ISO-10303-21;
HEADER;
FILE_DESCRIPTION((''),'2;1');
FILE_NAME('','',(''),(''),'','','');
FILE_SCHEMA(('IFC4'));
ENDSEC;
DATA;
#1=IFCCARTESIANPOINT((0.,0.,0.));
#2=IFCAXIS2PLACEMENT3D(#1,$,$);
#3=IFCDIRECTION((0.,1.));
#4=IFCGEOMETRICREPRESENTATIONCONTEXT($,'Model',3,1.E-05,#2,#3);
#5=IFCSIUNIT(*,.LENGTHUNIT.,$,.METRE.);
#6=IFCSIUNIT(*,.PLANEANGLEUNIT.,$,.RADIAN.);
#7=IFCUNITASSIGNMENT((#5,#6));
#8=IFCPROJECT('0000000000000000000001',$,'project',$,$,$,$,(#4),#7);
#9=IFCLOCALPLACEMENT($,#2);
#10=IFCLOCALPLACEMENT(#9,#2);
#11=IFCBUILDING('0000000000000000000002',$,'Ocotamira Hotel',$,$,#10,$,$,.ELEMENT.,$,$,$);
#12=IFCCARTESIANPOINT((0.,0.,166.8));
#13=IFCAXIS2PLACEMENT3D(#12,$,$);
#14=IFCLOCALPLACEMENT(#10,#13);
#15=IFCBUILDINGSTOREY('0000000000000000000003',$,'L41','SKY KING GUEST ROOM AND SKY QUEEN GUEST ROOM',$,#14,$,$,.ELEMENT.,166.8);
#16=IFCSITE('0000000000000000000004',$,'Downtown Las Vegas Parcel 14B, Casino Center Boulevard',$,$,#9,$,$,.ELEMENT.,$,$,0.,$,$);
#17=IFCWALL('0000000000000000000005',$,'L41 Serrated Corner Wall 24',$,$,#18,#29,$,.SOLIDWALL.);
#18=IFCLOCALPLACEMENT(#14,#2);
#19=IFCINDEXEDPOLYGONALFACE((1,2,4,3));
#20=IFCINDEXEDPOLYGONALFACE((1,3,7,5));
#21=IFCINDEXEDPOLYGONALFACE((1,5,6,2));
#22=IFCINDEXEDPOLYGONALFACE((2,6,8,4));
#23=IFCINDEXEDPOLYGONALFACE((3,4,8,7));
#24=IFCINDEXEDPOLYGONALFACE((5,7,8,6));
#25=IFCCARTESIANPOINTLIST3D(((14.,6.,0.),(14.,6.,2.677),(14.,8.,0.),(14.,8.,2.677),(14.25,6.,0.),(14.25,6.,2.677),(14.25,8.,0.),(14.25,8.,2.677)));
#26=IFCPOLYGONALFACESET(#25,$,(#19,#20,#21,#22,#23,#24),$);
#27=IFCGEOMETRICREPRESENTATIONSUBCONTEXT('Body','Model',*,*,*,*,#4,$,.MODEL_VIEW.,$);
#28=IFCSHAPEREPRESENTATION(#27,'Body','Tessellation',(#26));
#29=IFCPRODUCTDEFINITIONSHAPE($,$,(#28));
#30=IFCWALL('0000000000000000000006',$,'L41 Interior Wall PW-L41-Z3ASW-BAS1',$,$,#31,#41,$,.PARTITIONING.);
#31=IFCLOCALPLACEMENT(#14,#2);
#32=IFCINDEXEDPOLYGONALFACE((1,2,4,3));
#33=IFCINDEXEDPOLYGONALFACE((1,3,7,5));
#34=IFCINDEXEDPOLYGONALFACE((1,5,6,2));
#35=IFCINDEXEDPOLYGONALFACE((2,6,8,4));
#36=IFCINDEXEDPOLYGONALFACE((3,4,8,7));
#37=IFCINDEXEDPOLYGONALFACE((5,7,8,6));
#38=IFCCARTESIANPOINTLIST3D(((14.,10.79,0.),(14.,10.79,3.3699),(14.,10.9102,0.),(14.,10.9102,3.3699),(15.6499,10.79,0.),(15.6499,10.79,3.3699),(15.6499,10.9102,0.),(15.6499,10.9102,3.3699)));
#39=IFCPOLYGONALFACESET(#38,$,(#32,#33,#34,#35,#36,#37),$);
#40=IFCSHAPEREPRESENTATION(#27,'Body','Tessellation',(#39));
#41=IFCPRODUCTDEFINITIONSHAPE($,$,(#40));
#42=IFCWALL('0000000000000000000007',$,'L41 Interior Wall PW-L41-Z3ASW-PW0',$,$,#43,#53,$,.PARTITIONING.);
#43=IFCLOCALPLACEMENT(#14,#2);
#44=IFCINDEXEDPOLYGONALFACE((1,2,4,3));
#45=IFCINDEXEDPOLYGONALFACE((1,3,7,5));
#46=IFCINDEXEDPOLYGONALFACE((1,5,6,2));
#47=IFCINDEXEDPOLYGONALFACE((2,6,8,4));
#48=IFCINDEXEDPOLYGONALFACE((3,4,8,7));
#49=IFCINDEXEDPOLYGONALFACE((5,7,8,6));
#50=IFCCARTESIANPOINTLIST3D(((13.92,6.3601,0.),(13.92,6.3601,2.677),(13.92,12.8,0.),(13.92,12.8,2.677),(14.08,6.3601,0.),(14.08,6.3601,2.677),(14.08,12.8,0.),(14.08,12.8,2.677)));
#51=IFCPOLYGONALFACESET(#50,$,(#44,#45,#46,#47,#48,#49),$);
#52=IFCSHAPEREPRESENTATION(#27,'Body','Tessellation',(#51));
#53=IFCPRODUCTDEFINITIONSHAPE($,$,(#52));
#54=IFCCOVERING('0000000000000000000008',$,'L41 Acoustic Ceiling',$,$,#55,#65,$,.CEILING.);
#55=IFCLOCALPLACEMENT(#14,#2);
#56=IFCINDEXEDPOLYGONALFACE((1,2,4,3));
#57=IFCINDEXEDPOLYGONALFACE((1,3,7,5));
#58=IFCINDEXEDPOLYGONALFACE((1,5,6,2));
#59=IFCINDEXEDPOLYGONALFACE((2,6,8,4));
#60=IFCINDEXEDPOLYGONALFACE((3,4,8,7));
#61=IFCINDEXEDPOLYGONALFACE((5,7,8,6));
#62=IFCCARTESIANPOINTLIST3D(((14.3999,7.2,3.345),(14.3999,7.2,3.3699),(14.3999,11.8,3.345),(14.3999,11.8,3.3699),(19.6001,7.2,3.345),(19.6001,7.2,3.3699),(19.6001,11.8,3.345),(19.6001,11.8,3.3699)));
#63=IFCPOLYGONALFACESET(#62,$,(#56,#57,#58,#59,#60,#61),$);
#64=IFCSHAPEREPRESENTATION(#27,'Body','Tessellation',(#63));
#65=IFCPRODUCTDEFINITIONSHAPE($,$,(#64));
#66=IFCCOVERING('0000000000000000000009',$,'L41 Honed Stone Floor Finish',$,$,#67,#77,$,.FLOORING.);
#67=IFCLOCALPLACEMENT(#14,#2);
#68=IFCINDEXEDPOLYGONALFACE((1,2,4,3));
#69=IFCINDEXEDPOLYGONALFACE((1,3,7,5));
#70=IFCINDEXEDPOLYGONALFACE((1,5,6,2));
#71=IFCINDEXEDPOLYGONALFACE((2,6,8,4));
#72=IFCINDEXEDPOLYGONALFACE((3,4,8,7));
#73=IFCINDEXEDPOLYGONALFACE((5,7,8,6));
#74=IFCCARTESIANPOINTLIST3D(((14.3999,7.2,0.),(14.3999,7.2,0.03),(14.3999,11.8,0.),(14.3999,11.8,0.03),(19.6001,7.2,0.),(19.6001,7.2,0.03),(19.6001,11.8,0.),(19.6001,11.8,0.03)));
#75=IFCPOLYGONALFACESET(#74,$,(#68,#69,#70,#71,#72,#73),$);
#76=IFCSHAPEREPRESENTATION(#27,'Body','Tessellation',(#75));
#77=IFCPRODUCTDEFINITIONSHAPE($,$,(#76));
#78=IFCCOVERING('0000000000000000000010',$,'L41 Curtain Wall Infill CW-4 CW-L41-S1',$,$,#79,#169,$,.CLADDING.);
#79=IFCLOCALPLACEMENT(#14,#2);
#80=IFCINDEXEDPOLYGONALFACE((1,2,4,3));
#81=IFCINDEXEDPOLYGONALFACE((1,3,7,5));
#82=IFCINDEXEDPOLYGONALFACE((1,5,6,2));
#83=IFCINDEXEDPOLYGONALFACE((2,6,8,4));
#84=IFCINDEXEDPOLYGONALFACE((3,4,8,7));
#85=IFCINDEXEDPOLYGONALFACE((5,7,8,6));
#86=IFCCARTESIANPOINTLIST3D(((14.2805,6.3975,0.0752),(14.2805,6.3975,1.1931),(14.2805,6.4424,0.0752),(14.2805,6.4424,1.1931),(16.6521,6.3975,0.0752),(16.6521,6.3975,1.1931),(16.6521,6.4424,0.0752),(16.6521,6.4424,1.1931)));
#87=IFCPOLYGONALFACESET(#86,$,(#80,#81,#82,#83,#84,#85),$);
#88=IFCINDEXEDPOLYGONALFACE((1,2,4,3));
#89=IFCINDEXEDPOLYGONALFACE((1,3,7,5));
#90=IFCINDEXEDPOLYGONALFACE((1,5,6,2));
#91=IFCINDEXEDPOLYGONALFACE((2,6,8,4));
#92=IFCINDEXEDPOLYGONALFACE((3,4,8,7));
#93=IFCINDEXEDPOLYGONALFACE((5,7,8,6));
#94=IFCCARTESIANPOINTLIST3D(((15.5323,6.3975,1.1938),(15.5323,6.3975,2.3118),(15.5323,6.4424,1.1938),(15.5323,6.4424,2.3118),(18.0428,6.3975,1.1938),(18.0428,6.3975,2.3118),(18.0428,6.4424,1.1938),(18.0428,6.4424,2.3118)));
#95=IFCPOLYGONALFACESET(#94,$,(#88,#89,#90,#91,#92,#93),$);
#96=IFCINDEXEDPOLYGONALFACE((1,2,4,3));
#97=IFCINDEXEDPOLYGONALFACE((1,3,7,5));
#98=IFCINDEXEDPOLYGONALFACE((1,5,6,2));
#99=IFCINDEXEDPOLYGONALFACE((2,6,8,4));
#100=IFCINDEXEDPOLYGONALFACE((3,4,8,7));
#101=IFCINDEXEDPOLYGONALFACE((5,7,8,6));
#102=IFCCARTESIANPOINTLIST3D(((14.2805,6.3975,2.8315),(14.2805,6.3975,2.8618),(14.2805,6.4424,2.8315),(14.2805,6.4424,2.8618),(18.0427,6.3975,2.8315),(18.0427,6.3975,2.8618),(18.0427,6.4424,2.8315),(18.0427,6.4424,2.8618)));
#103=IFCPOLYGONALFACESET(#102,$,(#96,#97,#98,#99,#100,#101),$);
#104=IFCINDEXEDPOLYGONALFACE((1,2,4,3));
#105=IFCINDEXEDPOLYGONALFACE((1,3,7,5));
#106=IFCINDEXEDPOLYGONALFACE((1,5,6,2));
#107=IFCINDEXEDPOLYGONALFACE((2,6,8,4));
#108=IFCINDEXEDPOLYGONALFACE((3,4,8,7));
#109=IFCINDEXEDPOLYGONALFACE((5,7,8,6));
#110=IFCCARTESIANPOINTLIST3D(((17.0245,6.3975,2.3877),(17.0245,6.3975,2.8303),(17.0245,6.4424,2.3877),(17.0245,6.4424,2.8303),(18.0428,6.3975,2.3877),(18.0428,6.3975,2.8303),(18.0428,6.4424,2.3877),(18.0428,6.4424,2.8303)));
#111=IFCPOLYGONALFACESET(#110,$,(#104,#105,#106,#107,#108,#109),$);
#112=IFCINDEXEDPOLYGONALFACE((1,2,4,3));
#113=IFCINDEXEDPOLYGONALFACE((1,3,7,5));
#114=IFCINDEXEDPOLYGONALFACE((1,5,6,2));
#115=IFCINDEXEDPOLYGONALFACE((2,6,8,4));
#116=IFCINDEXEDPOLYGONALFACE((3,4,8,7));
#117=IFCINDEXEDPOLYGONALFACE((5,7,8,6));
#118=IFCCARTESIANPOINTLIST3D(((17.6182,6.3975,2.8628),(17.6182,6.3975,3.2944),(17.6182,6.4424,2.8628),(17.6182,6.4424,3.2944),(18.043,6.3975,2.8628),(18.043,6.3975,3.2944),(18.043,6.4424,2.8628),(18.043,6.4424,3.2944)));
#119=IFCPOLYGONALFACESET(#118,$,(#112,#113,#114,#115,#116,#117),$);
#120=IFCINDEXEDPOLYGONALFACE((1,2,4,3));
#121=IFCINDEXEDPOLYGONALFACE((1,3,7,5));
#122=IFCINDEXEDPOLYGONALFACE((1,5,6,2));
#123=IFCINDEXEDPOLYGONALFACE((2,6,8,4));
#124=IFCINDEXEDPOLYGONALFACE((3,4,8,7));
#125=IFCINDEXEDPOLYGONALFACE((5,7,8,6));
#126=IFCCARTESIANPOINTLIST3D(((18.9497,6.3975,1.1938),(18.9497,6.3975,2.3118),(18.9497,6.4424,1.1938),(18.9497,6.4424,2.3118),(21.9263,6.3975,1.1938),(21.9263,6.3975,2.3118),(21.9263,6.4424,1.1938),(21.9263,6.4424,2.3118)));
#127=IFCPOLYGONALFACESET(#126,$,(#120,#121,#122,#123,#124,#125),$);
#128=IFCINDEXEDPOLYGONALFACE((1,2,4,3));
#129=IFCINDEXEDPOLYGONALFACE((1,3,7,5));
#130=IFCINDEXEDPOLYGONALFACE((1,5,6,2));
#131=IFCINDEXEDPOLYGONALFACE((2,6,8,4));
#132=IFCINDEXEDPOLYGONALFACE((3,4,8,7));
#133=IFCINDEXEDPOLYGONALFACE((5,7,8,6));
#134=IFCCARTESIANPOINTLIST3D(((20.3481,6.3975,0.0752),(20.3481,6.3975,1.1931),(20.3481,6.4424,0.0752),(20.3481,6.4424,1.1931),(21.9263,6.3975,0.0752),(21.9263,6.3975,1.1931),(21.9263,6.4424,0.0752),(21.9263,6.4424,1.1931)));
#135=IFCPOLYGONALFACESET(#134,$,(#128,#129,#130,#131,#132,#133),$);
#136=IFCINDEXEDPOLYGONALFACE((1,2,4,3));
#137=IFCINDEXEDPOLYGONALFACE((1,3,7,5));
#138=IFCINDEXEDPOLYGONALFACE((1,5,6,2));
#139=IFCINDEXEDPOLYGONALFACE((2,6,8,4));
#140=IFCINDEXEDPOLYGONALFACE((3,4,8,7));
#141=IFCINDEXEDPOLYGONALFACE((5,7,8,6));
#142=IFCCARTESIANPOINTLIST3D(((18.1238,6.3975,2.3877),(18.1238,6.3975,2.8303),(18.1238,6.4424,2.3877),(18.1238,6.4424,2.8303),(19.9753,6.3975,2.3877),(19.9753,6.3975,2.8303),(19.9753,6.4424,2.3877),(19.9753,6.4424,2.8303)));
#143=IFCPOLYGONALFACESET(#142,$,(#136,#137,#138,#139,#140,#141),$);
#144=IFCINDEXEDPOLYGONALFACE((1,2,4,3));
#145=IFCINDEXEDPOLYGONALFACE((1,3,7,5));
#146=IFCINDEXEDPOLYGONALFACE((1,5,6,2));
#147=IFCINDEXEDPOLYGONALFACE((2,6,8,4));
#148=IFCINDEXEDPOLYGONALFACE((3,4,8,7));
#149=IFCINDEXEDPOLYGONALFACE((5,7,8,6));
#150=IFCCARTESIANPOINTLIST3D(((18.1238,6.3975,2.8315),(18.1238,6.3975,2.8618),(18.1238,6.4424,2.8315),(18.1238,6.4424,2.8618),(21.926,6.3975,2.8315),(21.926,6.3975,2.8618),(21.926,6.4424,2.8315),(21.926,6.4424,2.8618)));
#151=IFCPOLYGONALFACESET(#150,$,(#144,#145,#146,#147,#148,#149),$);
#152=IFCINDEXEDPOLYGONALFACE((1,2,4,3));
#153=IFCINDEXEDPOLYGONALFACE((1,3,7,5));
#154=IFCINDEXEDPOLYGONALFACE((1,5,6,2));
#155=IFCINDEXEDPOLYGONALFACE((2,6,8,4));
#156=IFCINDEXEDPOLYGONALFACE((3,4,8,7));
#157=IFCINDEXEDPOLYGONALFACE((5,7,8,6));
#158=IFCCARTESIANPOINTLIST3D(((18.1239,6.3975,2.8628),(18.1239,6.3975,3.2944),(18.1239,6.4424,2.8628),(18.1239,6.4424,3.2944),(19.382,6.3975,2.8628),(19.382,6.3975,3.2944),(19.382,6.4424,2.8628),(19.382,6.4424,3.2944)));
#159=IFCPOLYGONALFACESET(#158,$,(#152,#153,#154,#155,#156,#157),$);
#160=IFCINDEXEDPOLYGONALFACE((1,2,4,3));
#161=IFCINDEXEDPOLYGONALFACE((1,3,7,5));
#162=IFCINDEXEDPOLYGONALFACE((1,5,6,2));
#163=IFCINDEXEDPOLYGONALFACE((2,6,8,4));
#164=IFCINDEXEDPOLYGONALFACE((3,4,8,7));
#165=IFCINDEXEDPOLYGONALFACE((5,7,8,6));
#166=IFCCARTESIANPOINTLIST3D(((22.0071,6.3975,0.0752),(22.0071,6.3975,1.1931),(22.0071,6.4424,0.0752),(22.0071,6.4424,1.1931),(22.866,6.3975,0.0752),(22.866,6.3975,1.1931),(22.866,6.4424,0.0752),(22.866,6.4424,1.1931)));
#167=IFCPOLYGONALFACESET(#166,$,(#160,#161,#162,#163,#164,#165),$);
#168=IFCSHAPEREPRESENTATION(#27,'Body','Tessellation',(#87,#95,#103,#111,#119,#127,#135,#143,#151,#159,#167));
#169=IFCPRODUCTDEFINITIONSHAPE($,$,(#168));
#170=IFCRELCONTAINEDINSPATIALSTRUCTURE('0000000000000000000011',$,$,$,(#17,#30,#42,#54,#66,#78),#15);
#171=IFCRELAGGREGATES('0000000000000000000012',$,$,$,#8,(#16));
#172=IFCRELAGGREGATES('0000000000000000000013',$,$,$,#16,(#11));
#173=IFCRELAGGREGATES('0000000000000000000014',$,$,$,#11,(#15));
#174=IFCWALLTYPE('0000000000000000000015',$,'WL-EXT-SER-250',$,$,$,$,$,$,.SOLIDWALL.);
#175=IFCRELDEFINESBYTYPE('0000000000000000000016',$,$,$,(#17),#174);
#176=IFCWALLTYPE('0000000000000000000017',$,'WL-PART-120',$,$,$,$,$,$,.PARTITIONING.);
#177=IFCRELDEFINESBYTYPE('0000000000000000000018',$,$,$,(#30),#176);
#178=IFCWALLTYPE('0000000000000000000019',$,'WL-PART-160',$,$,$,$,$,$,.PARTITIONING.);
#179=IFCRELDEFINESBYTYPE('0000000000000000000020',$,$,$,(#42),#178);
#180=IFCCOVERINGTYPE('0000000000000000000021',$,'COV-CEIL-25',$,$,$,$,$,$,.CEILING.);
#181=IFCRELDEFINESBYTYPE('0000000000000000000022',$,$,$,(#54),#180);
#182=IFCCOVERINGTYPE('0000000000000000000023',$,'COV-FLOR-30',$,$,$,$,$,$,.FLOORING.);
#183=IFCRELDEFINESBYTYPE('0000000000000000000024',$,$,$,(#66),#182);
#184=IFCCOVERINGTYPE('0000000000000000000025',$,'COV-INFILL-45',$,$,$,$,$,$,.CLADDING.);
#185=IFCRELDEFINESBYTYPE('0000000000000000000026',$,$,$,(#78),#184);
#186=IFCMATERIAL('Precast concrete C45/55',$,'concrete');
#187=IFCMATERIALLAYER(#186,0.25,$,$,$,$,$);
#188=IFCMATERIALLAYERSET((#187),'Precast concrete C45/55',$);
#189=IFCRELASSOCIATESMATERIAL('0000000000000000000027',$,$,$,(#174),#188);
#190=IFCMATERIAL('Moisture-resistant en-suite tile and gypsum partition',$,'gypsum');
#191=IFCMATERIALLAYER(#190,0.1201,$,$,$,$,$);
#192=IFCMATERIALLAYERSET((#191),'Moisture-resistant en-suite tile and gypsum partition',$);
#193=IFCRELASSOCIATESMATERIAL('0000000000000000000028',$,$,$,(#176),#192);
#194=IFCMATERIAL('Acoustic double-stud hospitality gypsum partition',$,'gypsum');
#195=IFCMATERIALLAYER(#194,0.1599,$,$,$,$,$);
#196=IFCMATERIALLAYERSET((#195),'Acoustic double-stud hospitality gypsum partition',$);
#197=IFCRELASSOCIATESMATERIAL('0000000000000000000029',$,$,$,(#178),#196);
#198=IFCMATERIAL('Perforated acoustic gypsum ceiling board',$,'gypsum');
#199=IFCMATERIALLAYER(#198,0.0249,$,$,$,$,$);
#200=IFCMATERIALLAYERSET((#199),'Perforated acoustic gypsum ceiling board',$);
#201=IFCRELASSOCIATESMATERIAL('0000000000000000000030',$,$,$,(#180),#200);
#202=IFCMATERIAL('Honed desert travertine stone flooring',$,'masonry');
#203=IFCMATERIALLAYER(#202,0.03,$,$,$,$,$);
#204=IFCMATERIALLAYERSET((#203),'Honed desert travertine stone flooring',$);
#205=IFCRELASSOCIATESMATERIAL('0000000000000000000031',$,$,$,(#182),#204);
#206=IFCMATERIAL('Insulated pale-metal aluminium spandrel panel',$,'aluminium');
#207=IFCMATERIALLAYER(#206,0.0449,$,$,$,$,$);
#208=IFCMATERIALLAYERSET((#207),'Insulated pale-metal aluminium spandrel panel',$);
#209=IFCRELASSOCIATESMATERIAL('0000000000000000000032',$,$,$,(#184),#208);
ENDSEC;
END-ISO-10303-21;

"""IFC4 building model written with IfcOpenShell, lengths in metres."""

from ifc_helpers import new_model, si_unit, direction, frame, frame_2d, origin, origin_2d, place, context, subcontext, project, spatial, polyline, rectangle, outline, extrude, material, layer, layer_set, type_object, element, save


model = new_model("IFC4")

# Units and contexts
model_context = context("Model", 3, precision=1e-05, world=origin(), true_north=direction((0.0, 1.0)))
body_context = subcontext(model_context, "Body", "Model", "MODEL_VIEW")
ifc_project = project(units=[si_unit("LENGTHUNIT", "METRE"), si_unit("PLANEANGLEUNIT", "RADIAN")], contexts=[model_context])

# Site, building, storey
site_placement = place(None, origin())
site = spatial("IfcSite", under=ifc_project, at=site_placement, Name="Downtown Las Vegas Parcel 14B, Casino Center Boulevard", CompositionType="ELEMENT", RefElevation=0.0)
building_placement = place(site_placement, origin())
building = spatial("IfcBuilding", under=site, at=building_placement, Name="Ocotamira Hotel", CompositionType="ELEMENT")
storey_placement = place(building_placement, frame((0.0, 0.0, 166.8)))
storey = spatial("IfcBuildingStorey", under=building, at=storey_placement, Name="L41", Description="SKY KING GUEST ROOM AND SKY QUEEN GUEST ROOM", CompositionType="ELEMENT", Elevation=166.8)

# Walls
ifc_material_1 = material(Name="Precast concrete C45/55", Category="concrete")
ifc_layer_1 = layer(ifc_material_1, 0.25)
ifc_layer_set_1 = layer_set([ifc_layer_1], Name="Precast concrete C45/55")
wall_type_1 = type_object("IfcWallType", Name="WL-EXT-SER-250", PredefinedType="SOLIDWALL", material=ifc_layer_set_1)
wall_1_placement = place(storey_placement, frame((14.125, 8.0, 0.0), z_axis=(0.0, 0.0, 1.0), x_axis=(0.0, -1.0, 0.0)))
element("IfcWall", 1, at=wall_1_placement, inside=storey, type_object=wall_type_1, Name="L41 Serrated Corner Wall 24", PredefinedType="SOLIDWALL", context=body_context, shape_type="SweptSolid", body=[
    extrude(rectangle(XDim=2.0, YDim=0.25, at=frame_2d((1.0, 0.0))), origin(), (0.0, 0.0, 1.0), 2.677),
])
ifc_material_2 = material(Name="Moisture-resistant en-suite tile and gypsum partition", Category="gypsum")
ifc_layer_2 = layer(ifc_material_2, 0.1201)
ifc_layer_set_2 = layer_set([ifc_layer_2], Name="Moisture-resistant en-suite tile and gypsum partition")
wall_type_2 = type_object("IfcWallType", Name="WL-PART-120", PredefinedType="PARTITIONING", material=ifc_layer_set_2)
wall_2_placement = place(storey_placement, frame((14.0, 10.8501, 0.0), z_axis=(0.0, 0.0, 1.0), x_axis=(1.0, 0.0, 0.0)))
element("IfcWall", 2, at=wall_2_placement, inside=storey, type_object=wall_type_2, Name="L41 Interior Wall PW-L41-Z3ASW-BAS1", PredefinedType="PARTITIONING", context=body_context, shape_type="SweptSolid", body=[
    extrude(rectangle(XDim=1.6499, YDim=0.1201, at=frame_2d((0.825, 0.0))), origin(), (0.0, 0.0, 1.0), 3.3699),
])
ifc_material_3 = material(Name="Acoustic double-stud hospitality gypsum partition", Category="gypsum")
ifc_layer_3 = layer(ifc_material_3, 0.1599)
ifc_layer_set_3 = layer_set([ifc_layer_3], Name="Acoustic double-stud hospitality gypsum partition")
wall_type_3 = type_object("IfcWallType", Name="WL-PART-160", PredefinedType="PARTITIONING", material=ifc_layer_set_3)
wall_3_placement = place(storey_placement, frame((14.0, 6.3601, 0.0), z_axis=(0.0, 0.0, 1.0), x_axis=(0.0, 1.0, 0.0)))
element("IfcWall", 3, at=wall_3_placement, inside=storey, type_object=wall_type_3, Name="L41 Interior Wall PW-L41-Z3ASW-PW0", PredefinedType="PARTITIONING", context=body_context, shape_type="SweptSolid", body=[
    extrude(rectangle(XDim=6.4399, YDim=0.1599, at=frame_2d((3.22, 0.0))), origin(), (0.0, 0.0, 1.0), 2.677),
])

# Coverings
ifc_material_4 = material(Name="Perforated acoustic gypsum ceiling board", Category="gypsum")
ifc_layer_4 = layer(ifc_material_4, 0.0249)
ifc_layer_set_4 = layer_set([ifc_layer_4], Name="Perforated acoustic gypsum ceiling board")
covering_type_1 = type_object("IfcCoveringType", Name="COV-CEIL-25", PredefinedType="CEILING", material=ifc_layer_set_4)
covering_1_placement = place(storey_placement, frame((0.0, 0.0, 3.345)))
element("IfcCovering", 4, at=covering_1_placement, inside=storey, type_object=covering_type_1, Name="L41 Acoustic Ceiling", PredefinedType="CEILING", context=body_context, shape_type="SweptSolid", body=[
    extrude(outline(polyline([(14.3999, 7.2), (19.6001, 7.2), (19.6001, 11.8), (14.3999, 11.8), (14.3999, 7.2)])), origin(), (0.0, 0.0, 1.0), 0.0249),
])
ifc_material_5 = material(Name="Honed desert travertine stone flooring", Category="masonry")
ifc_layer_5 = layer(ifc_material_5, 0.03)
ifc_layer_set_5 = layer_set([ifc_layer_5], Name="Honed desert travertine stone flooring")
covering_type_2 = type_object("IfcCoveringType", Name="COV-FLOR-30", PredefinedType="FLOORING", material=ifc_layer_set_5)
covering_2_placement = place(storey_placement, origin())
element("IfcCovering", 5, at=covering_2_placement, inside=storey, type_object=covering_type_2, Name="L41 Honed Stone Floor Finish", PredefinedType="FLOORING", context=body_context, shape_type="SweptSolid", body=[
    extrude(outline(polyline([(14.3999, 7.2), (19.6001, 7.2), (19.6001, 11.8), (14.3999, 11.8), (14.3999, 7.2)])), origin(), (0.0, 0.0, 1.0), 0.03),
])
ifc_material_6 = material(Name="Insulated pale-metal aluminium spandrel panel", Category="aluminium")
ifc_layer_6 = layer(ifc_material_6, 0.0449)
ifc_layer_set_6 = layer_set([ifc_layer_6], Name="Insulated pale-metal aluminium spandrel panel")
covering_type_3 = type_object("IfcCoveringType", Name="COV-INFILL-45", PredefinedType="CLADDING", material=ifc_layer_set_6)
covering_3_placement = place(storey_placement, origin())
element("IfcCovering", 6, at=covering_3_placement, inside=storey, type_object=covering_type_3, Name="L41 Curtain Wall Infill CW-4 CW-L41-S1", PredefinedType="CLADDING", context=body_context, shape_type="SweptSolid", body=[
    extrude(rectangle(XDim=2.3716, YDim=0.0449, at=origin_2d()), frame((15.4663, 6.4199, 0.0752), z_axis=(0.0, 0.0, 1.0), x_axis=(1.0, 0.0, 0.0)), (0.0, 0.0, 1.0), 1.1179),
    extrude(rectangle(XDim=2.5105, YDim=0.0449, at=origin_2d()), frame((16.7876, 6.4199, 1.1938), z_axis=(0.0, 0.0, 1.0), x_axis=(1.0, 0.0, 0.0)), (0.0, 0.0, 1.0), 1.1179),
    extrude(rectangle(XDim=3.7622, YDim=0.0449, at=origin_2d()), frame((16.1616, 6.4199, 2.8315), z_axis=(0.0, 0.0, 1.0), x_axis=(1.0, 0.0, 0.0)), (0.0, 0.0, 1.0), 0.0303),
    extrude(rectangle(XDim=1.0183, YDim=0.0449, at=origin_2d()), frame((17.5337, 6.4199, 2.3877), z_axis=(0.0, 0.0, 1.0), x_axis=(1.0, 0.0, 0.0)), (0.0, 0.0, 1.0), 0.4426),
    extrude(rectangle(XDim=0.4248, YDim=0.0449, at=origin_2d()), frame((17.8306, 6.4199, 2.8628), z_axis=(0.0, 0.0, 1.0), x_axis=(1.0, 0.0, 0.0)), (0.0, 0.0, 1.0), 0.4316),
    extrude(rectangle(XDim=2.9766, YDim=0.0449, at=origin_2d()), frame((20.438, 6.4199, 1.1938), z_axis=(0.0, 0.0, 1.0), x_axis=(1.0, 0.0, 0.0)), (0.0, 0.0, 1.0), 1.1179),
    extrude(rectangle(XDim=1.5781, YDim=0.0449, at=origin_2d()), frame((21.1372, 6.4199, 0.0752), z_axis=(0.0, 0.0, 1.0), x_axis=(1.0, 0.0, 0.0)), (0.0, 0.0, 1.0), 1.1179),
    extrude(rectangle(XDim=1.8516, YDim=0.0449, at=origin_2d()), frame((19.0496, 6.4199, 2.3877), z_axis=(0.0, 0.0, 1.0), x_axis=(1.0, 0.0, 0.0)), (0.0, 0.0, 1.0), 0.4426),
    extrude(rectangle(XDim=3.8022, YDim=0.0449, at=origin_2d()), frame((20.0249, 6.4199, 2.8315), z_axis=(0.0, 0.0, 1.0), x_axis=(1.0, 0.0, 0.0)), (0.0, 0.0, 1.0), 0.0303),
    extrude(rectangle(XDim=1.2581, YDim=0.0449, at=origin_2d()), frame((18.7529, 6.4199, 2.8628), z_axis=(0.0, 0.0, 1.0), x_axis=(1.0, 0.0, 0.0)), (0.0, 0.0, 1.0), 0.4316),
    extrude(rectangle(XDim=0.8589, YDim=0.0449, at=origin_2d()), frame((22.4365, 6.4199, 0.0752), z_axis=(0.0, 0.0, 1.0), x_axis=(1.0, 0.0, 0.0)), (0.0, 0.0, 1.0), 1.1179),
])

save(model, "model.ifc")
